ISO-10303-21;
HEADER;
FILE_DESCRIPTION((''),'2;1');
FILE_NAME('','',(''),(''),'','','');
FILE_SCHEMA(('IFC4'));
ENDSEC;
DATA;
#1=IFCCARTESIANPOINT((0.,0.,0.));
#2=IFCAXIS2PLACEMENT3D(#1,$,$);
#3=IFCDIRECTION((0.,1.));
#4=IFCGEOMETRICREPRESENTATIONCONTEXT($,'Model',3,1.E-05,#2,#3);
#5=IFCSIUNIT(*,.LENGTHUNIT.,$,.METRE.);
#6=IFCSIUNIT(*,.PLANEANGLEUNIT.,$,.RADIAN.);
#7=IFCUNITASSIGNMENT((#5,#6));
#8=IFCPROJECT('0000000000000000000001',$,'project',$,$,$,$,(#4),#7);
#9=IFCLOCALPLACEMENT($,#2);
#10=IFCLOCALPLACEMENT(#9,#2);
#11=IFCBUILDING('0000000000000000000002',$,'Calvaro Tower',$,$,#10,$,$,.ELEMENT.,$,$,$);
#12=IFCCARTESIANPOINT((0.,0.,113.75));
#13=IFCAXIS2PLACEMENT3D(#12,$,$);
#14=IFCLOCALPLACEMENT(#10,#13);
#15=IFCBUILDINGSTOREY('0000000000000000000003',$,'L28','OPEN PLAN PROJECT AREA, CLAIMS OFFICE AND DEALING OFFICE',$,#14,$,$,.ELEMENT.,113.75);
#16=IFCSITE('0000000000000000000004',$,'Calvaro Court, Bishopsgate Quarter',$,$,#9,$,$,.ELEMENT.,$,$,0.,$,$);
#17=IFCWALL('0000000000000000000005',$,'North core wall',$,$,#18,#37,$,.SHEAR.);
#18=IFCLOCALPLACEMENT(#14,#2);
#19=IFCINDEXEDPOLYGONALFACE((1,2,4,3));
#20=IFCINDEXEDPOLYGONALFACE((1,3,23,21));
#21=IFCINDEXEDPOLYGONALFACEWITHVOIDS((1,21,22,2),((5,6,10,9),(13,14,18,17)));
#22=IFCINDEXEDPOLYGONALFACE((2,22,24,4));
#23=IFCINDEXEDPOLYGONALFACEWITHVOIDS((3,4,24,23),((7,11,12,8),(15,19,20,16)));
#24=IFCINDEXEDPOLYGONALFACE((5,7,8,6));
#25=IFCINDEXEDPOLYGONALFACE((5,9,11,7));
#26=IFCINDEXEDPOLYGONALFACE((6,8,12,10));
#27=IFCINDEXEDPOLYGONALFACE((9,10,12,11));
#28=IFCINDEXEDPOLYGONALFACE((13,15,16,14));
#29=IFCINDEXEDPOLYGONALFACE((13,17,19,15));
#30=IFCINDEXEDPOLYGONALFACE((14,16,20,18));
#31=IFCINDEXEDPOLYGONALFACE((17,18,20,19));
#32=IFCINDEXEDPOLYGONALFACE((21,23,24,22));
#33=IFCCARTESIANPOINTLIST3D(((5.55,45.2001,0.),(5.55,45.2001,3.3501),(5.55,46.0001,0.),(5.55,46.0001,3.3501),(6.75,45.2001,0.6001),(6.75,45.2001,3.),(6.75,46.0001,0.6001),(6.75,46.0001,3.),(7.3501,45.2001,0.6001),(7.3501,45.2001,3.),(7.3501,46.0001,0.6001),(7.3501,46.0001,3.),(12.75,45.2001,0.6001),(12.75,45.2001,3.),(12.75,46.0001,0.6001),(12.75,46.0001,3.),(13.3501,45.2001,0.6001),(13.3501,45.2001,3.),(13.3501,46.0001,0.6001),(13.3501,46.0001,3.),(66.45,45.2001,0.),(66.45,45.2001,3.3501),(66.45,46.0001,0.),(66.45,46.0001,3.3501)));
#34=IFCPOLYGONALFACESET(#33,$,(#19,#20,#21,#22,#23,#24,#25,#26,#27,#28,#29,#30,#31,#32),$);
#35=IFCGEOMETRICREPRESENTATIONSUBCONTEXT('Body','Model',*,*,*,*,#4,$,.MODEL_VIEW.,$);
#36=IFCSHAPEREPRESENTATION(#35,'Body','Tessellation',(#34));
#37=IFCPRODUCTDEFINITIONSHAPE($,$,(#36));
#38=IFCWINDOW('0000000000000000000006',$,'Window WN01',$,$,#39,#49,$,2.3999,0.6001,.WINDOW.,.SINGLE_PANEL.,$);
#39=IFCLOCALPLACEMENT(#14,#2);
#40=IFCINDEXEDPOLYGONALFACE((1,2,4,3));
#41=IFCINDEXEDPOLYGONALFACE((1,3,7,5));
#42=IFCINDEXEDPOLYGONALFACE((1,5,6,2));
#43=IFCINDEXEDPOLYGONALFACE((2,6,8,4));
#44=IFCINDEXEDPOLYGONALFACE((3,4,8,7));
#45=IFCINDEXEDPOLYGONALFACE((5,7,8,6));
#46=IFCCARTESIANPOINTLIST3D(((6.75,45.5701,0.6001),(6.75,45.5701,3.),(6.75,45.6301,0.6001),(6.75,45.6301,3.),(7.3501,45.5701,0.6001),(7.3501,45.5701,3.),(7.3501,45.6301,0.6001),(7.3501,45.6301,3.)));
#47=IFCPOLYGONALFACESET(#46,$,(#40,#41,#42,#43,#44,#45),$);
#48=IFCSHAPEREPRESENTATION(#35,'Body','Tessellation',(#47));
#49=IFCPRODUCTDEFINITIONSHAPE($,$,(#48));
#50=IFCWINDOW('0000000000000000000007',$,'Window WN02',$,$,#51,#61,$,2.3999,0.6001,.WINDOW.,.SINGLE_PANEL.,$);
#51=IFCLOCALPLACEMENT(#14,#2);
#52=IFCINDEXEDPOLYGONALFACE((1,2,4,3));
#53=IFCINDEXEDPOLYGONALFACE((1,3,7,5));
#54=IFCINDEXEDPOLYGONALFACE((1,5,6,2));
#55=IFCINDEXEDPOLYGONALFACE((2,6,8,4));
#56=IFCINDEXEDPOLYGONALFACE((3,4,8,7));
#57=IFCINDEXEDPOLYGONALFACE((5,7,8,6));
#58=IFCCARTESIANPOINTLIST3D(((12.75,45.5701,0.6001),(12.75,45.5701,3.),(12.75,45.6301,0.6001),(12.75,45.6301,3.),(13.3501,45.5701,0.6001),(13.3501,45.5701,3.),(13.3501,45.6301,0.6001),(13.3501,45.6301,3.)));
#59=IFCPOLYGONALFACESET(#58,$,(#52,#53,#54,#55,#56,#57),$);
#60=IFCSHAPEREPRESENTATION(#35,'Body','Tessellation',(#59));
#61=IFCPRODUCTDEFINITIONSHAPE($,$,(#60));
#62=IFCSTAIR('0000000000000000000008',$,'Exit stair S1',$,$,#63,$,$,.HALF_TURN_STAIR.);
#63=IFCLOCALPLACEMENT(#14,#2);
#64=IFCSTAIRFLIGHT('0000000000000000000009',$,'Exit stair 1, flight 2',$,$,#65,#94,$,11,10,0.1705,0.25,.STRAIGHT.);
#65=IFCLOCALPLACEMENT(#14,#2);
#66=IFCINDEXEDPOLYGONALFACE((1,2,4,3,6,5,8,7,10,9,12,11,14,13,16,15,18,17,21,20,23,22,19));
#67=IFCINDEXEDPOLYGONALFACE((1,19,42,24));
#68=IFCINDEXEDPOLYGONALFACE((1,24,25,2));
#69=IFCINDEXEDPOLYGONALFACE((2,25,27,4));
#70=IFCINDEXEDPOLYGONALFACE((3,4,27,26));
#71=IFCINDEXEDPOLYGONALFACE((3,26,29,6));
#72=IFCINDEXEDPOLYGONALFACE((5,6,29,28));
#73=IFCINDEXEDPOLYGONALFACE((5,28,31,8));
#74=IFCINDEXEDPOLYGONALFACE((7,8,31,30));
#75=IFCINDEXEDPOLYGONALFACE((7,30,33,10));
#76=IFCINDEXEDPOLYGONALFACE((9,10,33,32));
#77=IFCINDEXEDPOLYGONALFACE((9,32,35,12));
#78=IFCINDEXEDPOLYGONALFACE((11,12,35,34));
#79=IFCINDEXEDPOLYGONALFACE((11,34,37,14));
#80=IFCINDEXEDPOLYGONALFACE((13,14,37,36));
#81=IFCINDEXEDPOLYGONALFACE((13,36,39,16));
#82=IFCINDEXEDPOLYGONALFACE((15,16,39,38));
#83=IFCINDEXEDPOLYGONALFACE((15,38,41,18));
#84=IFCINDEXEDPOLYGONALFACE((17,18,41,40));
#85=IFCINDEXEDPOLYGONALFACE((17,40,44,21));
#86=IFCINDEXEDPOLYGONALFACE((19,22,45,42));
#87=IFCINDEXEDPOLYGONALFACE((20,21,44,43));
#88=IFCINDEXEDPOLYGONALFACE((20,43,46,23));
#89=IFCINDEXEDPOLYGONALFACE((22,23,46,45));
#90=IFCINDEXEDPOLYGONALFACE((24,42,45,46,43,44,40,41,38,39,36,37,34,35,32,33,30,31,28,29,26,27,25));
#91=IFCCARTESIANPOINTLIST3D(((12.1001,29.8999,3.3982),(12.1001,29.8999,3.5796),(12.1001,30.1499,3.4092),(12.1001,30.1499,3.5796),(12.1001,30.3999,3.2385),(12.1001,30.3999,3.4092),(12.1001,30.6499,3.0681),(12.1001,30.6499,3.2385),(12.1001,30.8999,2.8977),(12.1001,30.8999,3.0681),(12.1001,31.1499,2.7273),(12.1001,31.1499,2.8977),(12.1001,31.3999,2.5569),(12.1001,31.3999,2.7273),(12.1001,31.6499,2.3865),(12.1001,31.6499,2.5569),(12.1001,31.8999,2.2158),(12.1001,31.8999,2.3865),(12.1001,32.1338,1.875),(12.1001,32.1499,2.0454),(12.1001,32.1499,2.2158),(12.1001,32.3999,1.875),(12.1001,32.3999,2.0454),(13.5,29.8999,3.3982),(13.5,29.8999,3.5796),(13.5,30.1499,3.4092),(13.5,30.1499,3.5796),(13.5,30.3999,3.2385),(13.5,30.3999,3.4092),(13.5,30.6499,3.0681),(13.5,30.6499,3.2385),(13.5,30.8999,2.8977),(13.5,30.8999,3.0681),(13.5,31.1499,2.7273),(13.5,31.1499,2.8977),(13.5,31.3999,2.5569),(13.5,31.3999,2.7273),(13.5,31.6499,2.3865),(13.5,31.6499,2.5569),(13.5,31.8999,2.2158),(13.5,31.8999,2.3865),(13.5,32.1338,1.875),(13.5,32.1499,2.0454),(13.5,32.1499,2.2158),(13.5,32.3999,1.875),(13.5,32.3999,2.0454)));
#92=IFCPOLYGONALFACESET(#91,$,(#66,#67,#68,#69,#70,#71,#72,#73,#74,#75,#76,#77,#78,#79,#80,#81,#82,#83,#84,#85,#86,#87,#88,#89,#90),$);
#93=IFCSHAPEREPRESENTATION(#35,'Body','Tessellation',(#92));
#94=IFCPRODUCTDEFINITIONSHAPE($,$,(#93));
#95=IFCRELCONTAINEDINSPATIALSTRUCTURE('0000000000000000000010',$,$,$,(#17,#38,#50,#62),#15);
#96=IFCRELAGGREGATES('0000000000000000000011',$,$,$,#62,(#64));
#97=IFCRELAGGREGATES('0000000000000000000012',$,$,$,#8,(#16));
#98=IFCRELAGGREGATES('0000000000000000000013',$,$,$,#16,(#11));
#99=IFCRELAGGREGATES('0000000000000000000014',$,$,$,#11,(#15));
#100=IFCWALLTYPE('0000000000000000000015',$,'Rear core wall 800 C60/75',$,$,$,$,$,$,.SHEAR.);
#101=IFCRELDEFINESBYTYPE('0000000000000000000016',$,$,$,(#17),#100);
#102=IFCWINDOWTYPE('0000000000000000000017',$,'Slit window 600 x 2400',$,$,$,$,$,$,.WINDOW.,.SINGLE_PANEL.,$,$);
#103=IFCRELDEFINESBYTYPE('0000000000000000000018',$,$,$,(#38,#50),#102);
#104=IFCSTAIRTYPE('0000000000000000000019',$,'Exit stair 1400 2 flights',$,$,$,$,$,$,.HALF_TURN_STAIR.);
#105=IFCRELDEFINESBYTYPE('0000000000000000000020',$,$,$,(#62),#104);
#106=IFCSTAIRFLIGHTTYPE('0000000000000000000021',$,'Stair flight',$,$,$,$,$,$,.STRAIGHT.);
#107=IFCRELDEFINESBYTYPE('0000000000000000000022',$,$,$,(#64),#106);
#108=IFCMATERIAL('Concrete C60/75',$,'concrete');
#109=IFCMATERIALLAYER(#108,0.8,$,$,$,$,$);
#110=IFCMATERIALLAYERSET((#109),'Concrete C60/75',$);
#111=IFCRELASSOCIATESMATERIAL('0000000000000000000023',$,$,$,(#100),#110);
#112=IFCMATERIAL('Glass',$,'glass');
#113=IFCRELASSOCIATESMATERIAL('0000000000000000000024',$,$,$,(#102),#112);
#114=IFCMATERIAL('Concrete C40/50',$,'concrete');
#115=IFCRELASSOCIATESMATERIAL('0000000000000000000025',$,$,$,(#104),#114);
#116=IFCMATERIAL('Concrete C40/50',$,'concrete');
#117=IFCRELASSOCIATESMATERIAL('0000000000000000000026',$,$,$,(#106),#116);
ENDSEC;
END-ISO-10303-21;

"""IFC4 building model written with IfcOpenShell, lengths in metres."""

from ifc_helpers import new_model, si_unit, direction, frame, frame_2d, origin, place, context, subcontext, project, spatial, polyline, rectangle, outline, extrude, material, layer, layer_set, type_object, element, fill, aggregate, save


model = new_model("IFC4")

# Units and contexts
model_context = context("Model", 3, precision=1e-05, world=origin(), true_north=direction((0.0, 1.0)))
body_context = subcontext(model_context, "Body", "Model", "MODEL_VIEW")
ifc_project = project(units=[si_unit("LENGTHUNIT", "METRE"), si_unit("PLANEANGLEUNIT", "RADIAN")], contexts=[model_context])

# Site, building, storey
site_placement = place(None, origin())
site = spatial("IfcSite", under=ifc_project, at=site_placement, Name="Calvaro Court, Bishopsgate Quarter", CompositionType="ELEMENT", RefElevation=0.0)
building_placement = place(site_placement, origin())
building = spatial("IfcBuilding", under=site, at=building_placement, Name="Calvaro Tower", CompositionType="ELEMENT")
storey_placement = place(building_placement, frame((0.0, 0.0, 113.75)))
storey = spatial("IfcBuildingStorey", under=building, at=storey_placement, Name="L28", Description="OPEN PLAN PROJECT AREA, CLAIMS OFFICE AND DEALING OFFICE", CompositionType="ELEMENT", Elevation=113.75)

# Wall, openings, windows
ifc_material_1 = material(Name="Concrete C60/75", Category="concrete")
ifc_layer_1 = layer(ifc_material_1, 0.8)
ifc_layer_set_1 = layer_set([ifc_layer_1], Name="Concrete C60/75")
wall_type_1 = type_object("IfcWallType", Name="Rear core wall 800 C60/75", PredefinedType="SHEAR", material=ifc_layer_set_1)
wall_1_placement = place(storey_placement, frame((5.55, 45.6001, 0.0), z_axis=(0.0, 0.0, 1.0), x_axis=(1.0, 0.0, 0.0)))
wall_1 = element("IfcWall", 1, at=wall_1_placement, inside=storey, type_object=wall_type_1, Name="North core wall", PredefinedType="SHEAR", context=body_context, shape_type="SweptSolid", body=[
    extrude(rectangle(XDim=60.8999, YDim=0.8, at=frame_2d((30.45, 0.0))), origin(), (0.0, 0.0, 1.0), 3.3501),
])
opening_1_placement = place(wall_1_placement, frame((1.2, 0.0, 0.6001)))
opening_1 = element("IfcOpeningElement", 2, at=opening_1_placement, cuts=wall_1, PredefinedType="OPENING", context=body_context, shape_type="SweptSolid", body=[
    extrude(rectangle(XDim=0.6001, YDim=2.3999, at=frame_2d((0.3, 1.2))), frame((0.0, 0.4099, 0.0), z_axis=(0.0, -1.0, 0.0), x_axis=(1.0, 0.0, 0.0)), (0.0, 0.0, 1.0), 0.8201),
])
opening_2_placement = place(wall_1_placement, frame((7.2, 0.0, 0.6001)))
opening_2 = element("IfcOpeningElement", 3, at=opening_2_placement, cuts=wall_1, PredefinedType="OPENING", context=body_context, shape_type="SweptSolid", body=[
    extrude(rectangle(XDim=0.6001, YDim=2.3999, at=frame_2d((0.3, 1.2))), frame((0.0, 0.4099, 0.0), z_axis=(0.0, -1.0, 0.0), x_axis=(1.0, 0.0, 0.0)), (0.0, 0.0, 1.0), 0.8201),
])
ifc_material_2 = material(Name="Glass", Category="glass")
window_type = type_object("IfcWindowType", Name="Slit window 600 x 2400", PartitioningType="SINGLE_PANEL", PredefinedType="WINDOW", material=ifc_material_2)
window_1_placement = place(opening_1_placement, origin())
window_1 = element("IfcWindow", 4, at=window_1_placement, inside=storey, type_object=window_type, Name="Window WN01", OverallHeight=2.3999, OverallWidth=0.6001, PartitioningType="SINGLE_PANEL", PredefinedType="WINDOW", context=body_context, shape_type="SweptSolid", body=[
    extrude(rectangle(XDim=0.6001, YDim=2.3999, at=frame_2d((0.3, 1.2))), frame((0.0, 0.03, 0.0), z_axis=(0.0, -1.0, 0.0), x_axis=(1.0, 0.0, 0.0)), (0.0, 0.0, 1.0), 0.0601),
])
fill(opening_1, window_1)
window_2_placement = place(opening_2_placement, origin())
window_2 = element("IfcWindow", 5, at=window_2_placement, inside=storey, type_object=window_type, Name="Window WN02", OverallHeight=2.3999, OverallWidth=0.6001, PartitioningType="SINGLE_PANEL", PredefinedType="WINDOW", context=body_context, shape_type="SweptSolid", body=[
    extrude(rectangle(XDim=0.6001, YDim=2.3999, at=frame_2d((0.3, 1.2))), frame((0.0, 0.03, 0.0), z_axis=(0.0, -1.0, 0.0), x_axis=(1.0, 0.0, 0.0)), (0.0, 0.0, 1.0), 0.0601),
])
fill(opening_2, window_2)

# Stair, stair flight
ifc_material_3 = material(Name="Concrete C40/50", Category="concrete")
stair_type = type_object("IfcStairType", Name="Exit stair 1400 2 flights", PredefinedType="HALF_TURN_STAIR", material=ifc_material_3)
stair_placement = place(storey_placement, origin())
stair = element("IfcStair", 6, at=stair_placement, inside=storey, type_object=stair_type, Name="Exit stair S1", PredefinedType="HALF_TURN_STAIR")
ifc_material_4 = material(Name="Concrete C40/50", Category="concrete")
stair_flight_type = type_object("IfcStairFlightType", Name="Stair flight", PredefinedType="STRAIGHT", material=ifc_material_4)
stair_flight_placement = place(storey_placement, frame((12.8, 32.3999, 1.875), z_axis=(0.0, 0.0, 1.0), x_axis=(0.0, -1.0, 0.0)))
stair_flight = element("IfcStairFlight", 7, at=stair_flight_placement, type_object=stair_flight_type, Name="Exit stair 1, flight 2", NumberOfRisers=11, NumberOfTreads=10, PredefinedType="STRAIGHT", RiserHeight=0.1705, TreadLength=0.25, context=body_context, shape_type="SweptSolid", body=[
    extrude(outline(polyline([(0.0, 0.0), (0.0, 0.1704), (0.25, 0.1704), (0.25, 0.3408), (0.5, 0.3408), (0.5, 0.5115), (0.75, 0.5115), (0.75, 0.6819), (1.0, 0.6819), (1.0, 0.8523), (1.25, 0.8523), (1.25, 1.0227), (1.5, 1.0227), (1.5, 1.1931), (1.75, 1.1931), (1.75, 1.3635), (2.0, 1.3635), (2.0, 1.5342), (2.25, 1.5342), (2.25, 1.7046), (2.5, 1.7046), (2.5, 1.875), (2.5, 1.5232), (0.2661, 0.0), (0.0, 0.0)])), frame((0.0, 0.7, 0.0), z_axis=(0.0, -1.0, 0.0), x_axis=(1.0, 0.0, 0.0)), (0.0, 0.0, 1.0), 1.3999),
])
aggregate(stair, [stair_flight])

save(model, "model.ifc")
